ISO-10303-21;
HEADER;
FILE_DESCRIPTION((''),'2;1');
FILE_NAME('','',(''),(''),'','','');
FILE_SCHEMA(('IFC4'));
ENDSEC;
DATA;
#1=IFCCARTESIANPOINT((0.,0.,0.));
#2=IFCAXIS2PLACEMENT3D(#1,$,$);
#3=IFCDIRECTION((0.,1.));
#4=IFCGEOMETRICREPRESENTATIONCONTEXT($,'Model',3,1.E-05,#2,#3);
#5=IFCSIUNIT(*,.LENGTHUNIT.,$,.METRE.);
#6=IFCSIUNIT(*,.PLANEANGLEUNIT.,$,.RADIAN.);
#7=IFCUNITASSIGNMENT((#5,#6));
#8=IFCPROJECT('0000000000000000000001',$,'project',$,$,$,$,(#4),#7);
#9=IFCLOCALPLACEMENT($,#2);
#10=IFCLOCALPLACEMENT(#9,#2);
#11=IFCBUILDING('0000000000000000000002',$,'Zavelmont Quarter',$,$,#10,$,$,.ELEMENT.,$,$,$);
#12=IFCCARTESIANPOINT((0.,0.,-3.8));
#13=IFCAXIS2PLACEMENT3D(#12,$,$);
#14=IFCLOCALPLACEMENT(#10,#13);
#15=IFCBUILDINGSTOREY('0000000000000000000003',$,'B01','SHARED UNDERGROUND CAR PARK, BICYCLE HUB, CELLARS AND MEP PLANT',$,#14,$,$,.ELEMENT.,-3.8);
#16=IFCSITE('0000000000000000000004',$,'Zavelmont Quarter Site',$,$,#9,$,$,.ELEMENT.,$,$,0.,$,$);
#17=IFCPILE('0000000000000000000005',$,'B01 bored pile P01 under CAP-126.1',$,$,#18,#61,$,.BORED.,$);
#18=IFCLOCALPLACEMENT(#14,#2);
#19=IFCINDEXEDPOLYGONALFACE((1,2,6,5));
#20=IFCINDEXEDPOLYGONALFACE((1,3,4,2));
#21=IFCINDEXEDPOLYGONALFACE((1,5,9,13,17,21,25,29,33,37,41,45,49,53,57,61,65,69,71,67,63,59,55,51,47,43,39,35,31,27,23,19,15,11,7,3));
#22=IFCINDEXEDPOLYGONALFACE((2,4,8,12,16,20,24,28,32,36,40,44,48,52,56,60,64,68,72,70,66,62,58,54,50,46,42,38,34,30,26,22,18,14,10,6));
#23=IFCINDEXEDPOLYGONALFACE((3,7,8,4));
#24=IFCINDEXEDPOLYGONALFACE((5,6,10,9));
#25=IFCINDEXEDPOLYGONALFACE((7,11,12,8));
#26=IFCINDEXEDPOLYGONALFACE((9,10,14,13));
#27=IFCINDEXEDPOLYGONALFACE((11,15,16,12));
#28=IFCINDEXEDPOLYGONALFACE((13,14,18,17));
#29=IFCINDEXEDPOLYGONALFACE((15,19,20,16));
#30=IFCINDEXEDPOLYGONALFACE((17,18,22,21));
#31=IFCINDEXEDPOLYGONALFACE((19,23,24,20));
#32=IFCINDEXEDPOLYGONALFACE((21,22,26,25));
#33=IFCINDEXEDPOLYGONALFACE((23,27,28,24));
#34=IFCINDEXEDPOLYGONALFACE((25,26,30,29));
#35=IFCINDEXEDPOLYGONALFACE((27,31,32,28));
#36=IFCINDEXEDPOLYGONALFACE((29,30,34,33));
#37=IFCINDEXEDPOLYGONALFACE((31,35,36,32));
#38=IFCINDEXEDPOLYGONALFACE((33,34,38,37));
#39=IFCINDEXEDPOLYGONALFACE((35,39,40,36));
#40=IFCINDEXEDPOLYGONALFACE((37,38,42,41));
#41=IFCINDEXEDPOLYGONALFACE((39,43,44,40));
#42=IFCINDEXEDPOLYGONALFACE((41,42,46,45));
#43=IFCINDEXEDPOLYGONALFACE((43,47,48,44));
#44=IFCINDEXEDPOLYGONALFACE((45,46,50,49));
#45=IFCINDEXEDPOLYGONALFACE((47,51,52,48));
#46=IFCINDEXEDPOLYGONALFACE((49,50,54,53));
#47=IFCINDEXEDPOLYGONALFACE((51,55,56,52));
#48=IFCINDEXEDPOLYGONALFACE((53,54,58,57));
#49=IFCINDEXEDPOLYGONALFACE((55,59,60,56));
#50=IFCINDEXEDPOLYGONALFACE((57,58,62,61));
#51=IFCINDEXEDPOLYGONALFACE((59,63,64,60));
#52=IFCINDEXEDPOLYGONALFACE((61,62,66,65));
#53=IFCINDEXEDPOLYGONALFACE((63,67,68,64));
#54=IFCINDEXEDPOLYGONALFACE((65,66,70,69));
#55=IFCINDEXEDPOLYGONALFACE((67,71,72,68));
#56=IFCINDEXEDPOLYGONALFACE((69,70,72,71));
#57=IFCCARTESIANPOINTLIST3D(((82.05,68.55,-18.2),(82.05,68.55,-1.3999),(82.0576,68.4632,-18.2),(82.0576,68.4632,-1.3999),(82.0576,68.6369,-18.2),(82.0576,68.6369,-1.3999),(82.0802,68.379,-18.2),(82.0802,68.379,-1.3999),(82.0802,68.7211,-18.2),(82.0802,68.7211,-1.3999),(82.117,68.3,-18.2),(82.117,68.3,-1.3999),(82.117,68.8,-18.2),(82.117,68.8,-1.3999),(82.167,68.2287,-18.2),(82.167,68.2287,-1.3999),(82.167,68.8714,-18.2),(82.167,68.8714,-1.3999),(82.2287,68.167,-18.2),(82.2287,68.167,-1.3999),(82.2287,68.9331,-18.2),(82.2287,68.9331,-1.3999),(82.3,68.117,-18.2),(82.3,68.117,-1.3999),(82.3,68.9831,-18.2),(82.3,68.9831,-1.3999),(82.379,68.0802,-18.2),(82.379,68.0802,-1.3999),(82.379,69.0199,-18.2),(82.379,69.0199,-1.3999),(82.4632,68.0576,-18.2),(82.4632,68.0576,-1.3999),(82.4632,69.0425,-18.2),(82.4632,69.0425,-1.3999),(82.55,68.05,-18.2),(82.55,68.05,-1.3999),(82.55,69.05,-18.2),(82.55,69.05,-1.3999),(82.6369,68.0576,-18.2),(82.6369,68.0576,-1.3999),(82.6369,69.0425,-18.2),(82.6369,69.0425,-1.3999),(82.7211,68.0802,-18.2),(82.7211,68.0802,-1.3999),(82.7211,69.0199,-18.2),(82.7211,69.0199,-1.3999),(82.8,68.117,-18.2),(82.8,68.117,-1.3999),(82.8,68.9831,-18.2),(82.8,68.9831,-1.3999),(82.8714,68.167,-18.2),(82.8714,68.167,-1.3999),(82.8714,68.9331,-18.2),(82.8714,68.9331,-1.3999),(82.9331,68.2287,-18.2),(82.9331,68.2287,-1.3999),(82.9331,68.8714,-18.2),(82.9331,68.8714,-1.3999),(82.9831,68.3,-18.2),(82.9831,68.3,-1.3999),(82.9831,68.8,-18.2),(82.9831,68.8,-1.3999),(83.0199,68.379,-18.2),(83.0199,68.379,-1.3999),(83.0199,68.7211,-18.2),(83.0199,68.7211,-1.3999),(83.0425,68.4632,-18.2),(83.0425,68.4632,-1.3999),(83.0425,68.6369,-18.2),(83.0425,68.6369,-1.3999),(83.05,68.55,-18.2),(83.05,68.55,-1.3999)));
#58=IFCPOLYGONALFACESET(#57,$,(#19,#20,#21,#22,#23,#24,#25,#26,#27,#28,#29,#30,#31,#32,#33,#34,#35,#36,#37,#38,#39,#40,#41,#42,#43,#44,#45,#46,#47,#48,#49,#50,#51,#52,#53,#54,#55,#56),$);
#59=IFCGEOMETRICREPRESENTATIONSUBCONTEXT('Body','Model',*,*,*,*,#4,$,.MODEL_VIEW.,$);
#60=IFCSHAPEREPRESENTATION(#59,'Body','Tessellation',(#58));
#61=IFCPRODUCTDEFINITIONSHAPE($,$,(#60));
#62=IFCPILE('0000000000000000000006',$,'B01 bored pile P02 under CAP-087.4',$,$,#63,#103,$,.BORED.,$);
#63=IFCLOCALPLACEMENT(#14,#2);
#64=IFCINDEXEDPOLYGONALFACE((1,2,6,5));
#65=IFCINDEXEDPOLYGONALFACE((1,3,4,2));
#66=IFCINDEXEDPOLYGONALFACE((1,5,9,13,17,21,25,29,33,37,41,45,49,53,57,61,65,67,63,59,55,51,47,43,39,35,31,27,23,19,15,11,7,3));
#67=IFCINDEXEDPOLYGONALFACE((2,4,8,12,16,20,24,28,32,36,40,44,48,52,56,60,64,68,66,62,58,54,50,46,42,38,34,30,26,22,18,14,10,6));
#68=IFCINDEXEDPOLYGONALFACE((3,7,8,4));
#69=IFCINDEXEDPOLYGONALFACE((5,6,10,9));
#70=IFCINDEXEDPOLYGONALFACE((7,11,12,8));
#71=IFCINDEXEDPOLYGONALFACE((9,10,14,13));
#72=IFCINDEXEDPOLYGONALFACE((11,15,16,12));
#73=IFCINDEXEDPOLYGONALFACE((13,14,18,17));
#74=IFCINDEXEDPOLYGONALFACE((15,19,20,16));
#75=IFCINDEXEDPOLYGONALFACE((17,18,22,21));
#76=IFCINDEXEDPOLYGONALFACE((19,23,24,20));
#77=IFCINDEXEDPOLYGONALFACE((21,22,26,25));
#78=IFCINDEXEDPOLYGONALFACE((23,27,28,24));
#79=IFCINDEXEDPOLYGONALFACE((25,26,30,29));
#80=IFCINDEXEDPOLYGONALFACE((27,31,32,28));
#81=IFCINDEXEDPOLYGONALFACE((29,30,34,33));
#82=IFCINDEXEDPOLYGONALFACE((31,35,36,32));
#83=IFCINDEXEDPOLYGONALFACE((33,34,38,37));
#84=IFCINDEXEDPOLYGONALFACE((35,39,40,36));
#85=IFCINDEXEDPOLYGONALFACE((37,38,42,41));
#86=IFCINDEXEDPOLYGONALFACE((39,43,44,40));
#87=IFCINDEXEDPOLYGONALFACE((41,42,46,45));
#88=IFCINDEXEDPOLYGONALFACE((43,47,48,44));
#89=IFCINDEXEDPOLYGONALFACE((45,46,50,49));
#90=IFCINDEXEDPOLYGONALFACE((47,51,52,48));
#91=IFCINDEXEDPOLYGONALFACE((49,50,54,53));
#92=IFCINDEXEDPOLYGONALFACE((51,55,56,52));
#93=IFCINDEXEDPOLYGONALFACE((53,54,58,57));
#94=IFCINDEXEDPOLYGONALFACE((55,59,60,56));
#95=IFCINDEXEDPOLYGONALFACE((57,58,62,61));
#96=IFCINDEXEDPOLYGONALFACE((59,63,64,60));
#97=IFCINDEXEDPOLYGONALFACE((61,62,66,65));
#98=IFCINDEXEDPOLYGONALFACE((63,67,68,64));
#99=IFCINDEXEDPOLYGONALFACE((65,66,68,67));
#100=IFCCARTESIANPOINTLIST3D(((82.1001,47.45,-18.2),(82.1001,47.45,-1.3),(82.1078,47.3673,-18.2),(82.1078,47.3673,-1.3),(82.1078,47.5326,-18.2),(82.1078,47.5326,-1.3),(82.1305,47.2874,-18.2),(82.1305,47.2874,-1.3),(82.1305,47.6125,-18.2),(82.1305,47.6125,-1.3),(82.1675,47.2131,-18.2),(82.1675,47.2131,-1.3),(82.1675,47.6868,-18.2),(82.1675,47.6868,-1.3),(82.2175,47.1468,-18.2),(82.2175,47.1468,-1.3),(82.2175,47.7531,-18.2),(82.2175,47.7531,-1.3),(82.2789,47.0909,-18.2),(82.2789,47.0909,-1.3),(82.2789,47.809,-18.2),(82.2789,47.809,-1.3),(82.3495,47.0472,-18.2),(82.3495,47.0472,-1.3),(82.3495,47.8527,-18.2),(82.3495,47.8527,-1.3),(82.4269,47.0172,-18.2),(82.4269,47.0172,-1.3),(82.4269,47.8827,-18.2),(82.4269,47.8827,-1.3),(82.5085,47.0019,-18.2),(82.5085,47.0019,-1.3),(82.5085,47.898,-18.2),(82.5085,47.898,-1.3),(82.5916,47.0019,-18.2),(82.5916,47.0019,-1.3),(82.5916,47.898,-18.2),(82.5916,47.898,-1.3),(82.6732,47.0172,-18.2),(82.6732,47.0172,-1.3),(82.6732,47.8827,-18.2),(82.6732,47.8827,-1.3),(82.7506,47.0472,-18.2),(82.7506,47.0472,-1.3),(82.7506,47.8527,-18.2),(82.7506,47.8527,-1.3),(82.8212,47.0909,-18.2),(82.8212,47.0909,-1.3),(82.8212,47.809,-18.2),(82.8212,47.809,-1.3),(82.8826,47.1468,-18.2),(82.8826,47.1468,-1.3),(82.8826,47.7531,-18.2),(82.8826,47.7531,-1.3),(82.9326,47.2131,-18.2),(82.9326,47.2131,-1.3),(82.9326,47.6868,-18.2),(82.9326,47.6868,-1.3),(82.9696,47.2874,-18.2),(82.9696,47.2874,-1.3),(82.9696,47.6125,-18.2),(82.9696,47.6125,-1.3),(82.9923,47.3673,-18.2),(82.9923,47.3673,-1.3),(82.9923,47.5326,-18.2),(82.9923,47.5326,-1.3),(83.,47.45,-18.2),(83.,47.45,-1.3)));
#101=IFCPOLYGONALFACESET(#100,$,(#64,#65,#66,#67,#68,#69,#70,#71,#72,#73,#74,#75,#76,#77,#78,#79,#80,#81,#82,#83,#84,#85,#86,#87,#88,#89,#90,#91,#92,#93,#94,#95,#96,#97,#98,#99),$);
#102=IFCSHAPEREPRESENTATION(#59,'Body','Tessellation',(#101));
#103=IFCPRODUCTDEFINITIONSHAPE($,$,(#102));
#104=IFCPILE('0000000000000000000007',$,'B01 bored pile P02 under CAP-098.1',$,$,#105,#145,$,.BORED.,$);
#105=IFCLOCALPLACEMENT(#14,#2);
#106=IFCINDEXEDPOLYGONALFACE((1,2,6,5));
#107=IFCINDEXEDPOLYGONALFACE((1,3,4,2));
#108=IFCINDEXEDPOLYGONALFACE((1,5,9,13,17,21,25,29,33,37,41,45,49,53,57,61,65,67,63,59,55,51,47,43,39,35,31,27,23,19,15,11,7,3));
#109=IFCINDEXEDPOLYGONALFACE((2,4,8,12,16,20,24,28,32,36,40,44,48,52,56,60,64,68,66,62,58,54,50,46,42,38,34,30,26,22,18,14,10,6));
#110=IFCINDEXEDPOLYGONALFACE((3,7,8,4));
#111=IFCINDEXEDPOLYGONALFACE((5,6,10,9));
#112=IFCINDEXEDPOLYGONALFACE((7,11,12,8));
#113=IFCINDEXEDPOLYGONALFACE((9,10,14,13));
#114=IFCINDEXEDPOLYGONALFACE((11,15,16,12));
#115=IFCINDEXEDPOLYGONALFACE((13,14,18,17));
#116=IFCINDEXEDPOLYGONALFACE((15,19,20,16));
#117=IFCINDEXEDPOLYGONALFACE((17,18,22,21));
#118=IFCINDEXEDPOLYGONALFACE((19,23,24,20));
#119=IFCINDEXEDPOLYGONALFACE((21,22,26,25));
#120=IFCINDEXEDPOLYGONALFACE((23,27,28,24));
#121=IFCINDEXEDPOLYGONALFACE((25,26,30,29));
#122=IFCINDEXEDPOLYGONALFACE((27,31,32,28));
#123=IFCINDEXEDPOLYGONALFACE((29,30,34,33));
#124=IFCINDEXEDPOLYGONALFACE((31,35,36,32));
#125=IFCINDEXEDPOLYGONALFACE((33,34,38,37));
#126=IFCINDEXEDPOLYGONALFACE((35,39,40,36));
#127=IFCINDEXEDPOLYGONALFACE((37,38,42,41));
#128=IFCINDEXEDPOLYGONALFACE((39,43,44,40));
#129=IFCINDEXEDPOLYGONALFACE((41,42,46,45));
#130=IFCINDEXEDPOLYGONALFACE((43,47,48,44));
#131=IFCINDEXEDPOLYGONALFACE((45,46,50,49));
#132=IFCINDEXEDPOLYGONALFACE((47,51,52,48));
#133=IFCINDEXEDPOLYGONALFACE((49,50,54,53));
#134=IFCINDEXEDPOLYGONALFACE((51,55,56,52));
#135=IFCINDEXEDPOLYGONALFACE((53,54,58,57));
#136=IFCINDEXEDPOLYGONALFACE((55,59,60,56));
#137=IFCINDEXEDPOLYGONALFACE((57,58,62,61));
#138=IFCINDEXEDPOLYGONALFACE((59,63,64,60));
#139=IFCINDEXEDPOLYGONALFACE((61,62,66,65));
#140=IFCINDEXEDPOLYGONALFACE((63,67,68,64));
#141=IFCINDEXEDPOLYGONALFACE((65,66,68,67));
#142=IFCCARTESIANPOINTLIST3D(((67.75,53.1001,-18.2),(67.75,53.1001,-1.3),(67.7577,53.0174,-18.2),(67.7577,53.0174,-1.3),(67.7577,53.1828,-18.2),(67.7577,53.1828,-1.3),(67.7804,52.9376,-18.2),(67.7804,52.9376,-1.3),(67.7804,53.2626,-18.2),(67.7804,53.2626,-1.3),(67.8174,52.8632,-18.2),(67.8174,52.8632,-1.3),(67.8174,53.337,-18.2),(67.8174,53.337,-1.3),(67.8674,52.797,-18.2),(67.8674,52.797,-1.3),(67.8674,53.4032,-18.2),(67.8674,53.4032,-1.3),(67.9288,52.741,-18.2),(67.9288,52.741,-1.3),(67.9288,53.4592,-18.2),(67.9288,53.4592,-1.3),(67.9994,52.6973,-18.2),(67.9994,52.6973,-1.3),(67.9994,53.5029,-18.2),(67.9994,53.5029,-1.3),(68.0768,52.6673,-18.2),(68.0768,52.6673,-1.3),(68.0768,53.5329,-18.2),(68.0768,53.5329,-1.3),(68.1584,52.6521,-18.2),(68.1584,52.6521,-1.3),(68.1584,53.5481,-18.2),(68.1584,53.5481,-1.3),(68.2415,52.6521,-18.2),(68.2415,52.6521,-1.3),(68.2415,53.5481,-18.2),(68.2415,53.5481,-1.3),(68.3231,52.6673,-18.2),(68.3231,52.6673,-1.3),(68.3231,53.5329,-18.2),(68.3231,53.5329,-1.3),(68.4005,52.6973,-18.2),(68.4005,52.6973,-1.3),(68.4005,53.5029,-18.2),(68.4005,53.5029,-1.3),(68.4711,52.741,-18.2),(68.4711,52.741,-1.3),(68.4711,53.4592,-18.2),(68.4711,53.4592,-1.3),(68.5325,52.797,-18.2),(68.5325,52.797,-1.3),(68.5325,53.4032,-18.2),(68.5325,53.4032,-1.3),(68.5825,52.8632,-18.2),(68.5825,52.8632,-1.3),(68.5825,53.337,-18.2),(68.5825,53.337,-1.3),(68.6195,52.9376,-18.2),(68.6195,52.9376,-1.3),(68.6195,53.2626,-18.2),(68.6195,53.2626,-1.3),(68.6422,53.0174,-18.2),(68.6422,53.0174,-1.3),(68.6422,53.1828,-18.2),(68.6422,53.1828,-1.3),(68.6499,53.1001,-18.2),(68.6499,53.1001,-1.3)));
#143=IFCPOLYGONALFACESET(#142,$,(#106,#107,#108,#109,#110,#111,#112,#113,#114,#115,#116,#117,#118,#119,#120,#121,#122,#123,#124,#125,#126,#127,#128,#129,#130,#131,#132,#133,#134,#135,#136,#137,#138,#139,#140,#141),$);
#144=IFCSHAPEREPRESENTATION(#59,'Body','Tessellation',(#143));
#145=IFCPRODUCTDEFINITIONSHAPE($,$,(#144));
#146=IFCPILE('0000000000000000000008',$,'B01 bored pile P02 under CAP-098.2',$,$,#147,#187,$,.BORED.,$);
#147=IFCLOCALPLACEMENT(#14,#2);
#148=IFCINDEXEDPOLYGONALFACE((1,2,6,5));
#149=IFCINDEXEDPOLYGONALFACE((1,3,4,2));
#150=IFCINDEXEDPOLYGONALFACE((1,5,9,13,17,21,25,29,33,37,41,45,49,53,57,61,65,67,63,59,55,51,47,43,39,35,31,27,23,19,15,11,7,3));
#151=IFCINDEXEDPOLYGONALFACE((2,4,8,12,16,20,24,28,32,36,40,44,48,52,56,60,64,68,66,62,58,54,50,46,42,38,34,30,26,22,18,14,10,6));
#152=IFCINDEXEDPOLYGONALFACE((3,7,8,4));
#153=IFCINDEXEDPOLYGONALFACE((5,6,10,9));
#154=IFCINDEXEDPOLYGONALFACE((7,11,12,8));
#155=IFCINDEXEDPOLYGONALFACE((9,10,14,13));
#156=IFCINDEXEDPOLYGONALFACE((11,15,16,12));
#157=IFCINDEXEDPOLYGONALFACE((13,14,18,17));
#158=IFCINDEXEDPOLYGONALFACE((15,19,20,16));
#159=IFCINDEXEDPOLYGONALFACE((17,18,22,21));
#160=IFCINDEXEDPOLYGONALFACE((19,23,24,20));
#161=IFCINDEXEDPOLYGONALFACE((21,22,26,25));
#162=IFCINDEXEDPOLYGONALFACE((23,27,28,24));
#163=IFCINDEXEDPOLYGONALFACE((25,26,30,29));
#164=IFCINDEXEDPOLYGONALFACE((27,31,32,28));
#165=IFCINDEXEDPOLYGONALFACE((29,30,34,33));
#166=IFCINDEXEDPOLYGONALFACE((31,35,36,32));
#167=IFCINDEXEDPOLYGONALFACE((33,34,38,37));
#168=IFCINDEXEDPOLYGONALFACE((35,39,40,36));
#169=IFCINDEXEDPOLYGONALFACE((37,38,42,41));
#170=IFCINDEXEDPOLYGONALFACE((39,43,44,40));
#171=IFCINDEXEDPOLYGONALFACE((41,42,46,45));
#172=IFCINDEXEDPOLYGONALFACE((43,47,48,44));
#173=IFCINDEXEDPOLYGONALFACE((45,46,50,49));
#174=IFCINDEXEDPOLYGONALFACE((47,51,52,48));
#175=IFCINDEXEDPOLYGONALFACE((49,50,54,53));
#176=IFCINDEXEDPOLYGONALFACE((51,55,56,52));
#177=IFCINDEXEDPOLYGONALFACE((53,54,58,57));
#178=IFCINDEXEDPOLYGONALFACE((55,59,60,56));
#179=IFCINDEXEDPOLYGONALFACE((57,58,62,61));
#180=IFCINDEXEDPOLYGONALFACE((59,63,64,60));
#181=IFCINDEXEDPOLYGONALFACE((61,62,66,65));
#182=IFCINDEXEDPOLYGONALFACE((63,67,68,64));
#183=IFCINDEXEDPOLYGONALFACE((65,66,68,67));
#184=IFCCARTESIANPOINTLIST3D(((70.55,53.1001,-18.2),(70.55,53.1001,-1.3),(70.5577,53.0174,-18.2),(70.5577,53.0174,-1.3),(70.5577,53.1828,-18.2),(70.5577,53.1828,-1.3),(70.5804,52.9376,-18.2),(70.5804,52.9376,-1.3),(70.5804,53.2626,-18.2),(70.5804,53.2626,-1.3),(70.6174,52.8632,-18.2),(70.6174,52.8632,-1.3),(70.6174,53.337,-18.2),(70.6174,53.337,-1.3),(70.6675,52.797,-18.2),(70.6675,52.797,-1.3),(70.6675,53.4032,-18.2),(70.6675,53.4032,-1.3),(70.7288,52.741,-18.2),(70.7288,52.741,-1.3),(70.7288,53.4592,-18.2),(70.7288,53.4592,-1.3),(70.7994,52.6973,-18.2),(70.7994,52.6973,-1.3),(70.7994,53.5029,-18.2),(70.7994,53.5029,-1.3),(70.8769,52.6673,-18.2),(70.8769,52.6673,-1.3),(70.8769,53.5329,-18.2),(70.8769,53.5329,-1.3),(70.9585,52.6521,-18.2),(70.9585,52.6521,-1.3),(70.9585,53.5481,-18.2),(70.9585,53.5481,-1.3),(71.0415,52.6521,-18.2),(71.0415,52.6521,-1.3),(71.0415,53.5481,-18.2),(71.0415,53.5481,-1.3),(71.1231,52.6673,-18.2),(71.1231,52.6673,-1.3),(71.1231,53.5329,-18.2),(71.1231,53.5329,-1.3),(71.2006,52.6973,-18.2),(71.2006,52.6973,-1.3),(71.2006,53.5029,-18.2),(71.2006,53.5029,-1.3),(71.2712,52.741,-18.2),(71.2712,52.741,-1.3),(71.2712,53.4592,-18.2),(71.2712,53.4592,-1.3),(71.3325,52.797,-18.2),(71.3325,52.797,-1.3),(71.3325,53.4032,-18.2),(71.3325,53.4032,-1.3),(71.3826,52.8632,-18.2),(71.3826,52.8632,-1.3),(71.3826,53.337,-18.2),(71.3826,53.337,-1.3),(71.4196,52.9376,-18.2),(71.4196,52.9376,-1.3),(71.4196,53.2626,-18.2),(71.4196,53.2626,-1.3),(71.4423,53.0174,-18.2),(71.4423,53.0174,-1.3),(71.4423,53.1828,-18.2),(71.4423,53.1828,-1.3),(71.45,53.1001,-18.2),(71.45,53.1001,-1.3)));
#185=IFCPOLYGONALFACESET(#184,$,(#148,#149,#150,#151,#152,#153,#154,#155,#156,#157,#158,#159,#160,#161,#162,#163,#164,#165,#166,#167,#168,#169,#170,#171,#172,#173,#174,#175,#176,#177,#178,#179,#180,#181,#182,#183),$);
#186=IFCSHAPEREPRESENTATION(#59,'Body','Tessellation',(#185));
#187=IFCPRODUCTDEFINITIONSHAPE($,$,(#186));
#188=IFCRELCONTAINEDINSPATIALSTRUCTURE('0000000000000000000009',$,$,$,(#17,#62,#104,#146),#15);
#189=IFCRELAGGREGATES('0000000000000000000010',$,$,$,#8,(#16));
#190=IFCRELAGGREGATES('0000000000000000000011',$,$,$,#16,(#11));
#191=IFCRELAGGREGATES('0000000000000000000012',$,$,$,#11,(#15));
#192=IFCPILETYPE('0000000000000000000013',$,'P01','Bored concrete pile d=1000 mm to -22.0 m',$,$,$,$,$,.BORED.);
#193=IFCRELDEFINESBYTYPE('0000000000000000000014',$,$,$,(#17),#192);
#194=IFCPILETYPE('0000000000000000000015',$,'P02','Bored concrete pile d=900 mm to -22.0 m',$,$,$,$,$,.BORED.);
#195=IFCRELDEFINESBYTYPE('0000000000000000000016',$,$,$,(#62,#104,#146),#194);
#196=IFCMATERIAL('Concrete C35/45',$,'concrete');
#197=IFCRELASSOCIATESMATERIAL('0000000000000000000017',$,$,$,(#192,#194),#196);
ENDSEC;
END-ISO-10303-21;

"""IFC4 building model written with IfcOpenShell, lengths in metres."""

from ifc_helpers import new_model, si_unit, direction, frame, origin, origin_2d, place, context, subcontext, project, spatial, circle, extrude, material, material_profile, profile_set, type_object, element, save


model = new_model("IFC4")

# Units and contexts
model_context = context("Model", 3, precision=1e-05, world=origin(), true_north=direction((0.0, 1.0)))
body_context = subcontext(model_context, "Body", "Model", "MODEL_VIEW")
ifc_project = project(units=[si_unit("LENGTHUNIT", "METRE"), si_unit("PLANEANGLEUNIT", "RADIAN")], contexts=[model_context])

# Site, building, storey
site_placement = place(None, origin())
site = spatial("IfcSite", under=ifc_project, at=site_placement, Name="Zavelmont Quarter Site", CompositionType="ELEMENT", RefElevation=0.0)
building_placement = place(site_placement, origin())
building = spatial("IfcBuilding", under=site, at=building_placement, Name="Zavelmont Quarter", CompositionType="ELEMENT")
storey_placement = place(building_placement, frame((0.0, 0.0, -3.8)))
storey = spatial("IfcBuildingStorey", under=building, at=storey_placement, Name="B01", Description="SHARED UNDERGROUND CAR PARK, BICYCLE HUB, CELLARS AND MEP PLANT", CompositionType="ELEMENT", Elevation=-3.8)

# Shared definitions
ifc_material_1 = material(Name="Concrete C35/45", Category="concrete")

# Piles
ifc_material_profile_1 = material_profile(ifc_material_1, circle(Radius=0.5, at=origin_2d()), Name="BP1000")
ifc_profile_set_1 = profile_set([ifc_material_profile_1], Name="Concrete C35/45")
pile_type_1 = type_object("IfcPileType", Name="P01", Description="Bored concrete pile d=1000 mm to -22.0 m", PredefinedType="BORED", material=ifc_profile_set_1)
for number, where, z_axis, x_axis, name in (
    (1, (82.55, 68.55, -1.3999), (0.0, 0.0, -1.0), (1.0, 0.0, 0.0), "B01 bored pile P01 under CAP-126.1"),
):
    element("IfcPile", number, at=place(storey_placement, frame(where, z_axis=z_axis, x_axis=x_axis)), inside=storey, type_object=pile_type_1, Name=name, PredefinedType="BORED", context=body_context, shape_type="SweptSolid", body=[
        extrude(circle(Radius=0.5, at=origin_2d()), origin(), (0.0, 0.0, 1.0), 16.8),
    ])
ifc_material_profile_2 = material_profile(ifc_material_1, circle(Radius=0.45, at=origin_2d()), Name="BP900")
ifc_profile_set_2 = profile_set([ifc_material_profile_2], Name="Concrete C35/45")
pile_type_2 = type_object("IfcPileType", Name="P02", Description="Bored concrete pile d=900 mm to -22.0 m", PredefinedType="BORED", material=ifc_profile_set_2)
for number, where, z_axis, x_axis, name in (
    (2, (82.55, 47.45, -1.3), (0.0, 0.0, -1.0), (1.0, 0.0, 0.0), "B01 bored pile P02 under CAP-087.4"),
    (3, (68.2, 53.1001, -1.3), (0.0, 0.0, -1.0), (1.0, 0.0, 0.0), "B01 bored pile P02 under CAP-098.1"),
    (4, (71.0, 53.1001, -1.3), (0.0, 0.0, -1.0), (1.0, 0.0, 0.0), "B01 bored pile P02 under CAP-098.2"),
):
    element("IfcPile", number, at=place(storey_placement, frame(where, z_axis=z_axis, x_axis=x_axis)), inside=storey, type_object=pile_type_2, Name=name, PredefinedType="BORED", context=body_context, shape_type="SweptSolid", body=[
        extrude(circle(Radius=0.45, at=origin_2d()), origin(), (0.0, 0.0, 1.0), 16.8999),
    ])

save(model, "model.ifc")
